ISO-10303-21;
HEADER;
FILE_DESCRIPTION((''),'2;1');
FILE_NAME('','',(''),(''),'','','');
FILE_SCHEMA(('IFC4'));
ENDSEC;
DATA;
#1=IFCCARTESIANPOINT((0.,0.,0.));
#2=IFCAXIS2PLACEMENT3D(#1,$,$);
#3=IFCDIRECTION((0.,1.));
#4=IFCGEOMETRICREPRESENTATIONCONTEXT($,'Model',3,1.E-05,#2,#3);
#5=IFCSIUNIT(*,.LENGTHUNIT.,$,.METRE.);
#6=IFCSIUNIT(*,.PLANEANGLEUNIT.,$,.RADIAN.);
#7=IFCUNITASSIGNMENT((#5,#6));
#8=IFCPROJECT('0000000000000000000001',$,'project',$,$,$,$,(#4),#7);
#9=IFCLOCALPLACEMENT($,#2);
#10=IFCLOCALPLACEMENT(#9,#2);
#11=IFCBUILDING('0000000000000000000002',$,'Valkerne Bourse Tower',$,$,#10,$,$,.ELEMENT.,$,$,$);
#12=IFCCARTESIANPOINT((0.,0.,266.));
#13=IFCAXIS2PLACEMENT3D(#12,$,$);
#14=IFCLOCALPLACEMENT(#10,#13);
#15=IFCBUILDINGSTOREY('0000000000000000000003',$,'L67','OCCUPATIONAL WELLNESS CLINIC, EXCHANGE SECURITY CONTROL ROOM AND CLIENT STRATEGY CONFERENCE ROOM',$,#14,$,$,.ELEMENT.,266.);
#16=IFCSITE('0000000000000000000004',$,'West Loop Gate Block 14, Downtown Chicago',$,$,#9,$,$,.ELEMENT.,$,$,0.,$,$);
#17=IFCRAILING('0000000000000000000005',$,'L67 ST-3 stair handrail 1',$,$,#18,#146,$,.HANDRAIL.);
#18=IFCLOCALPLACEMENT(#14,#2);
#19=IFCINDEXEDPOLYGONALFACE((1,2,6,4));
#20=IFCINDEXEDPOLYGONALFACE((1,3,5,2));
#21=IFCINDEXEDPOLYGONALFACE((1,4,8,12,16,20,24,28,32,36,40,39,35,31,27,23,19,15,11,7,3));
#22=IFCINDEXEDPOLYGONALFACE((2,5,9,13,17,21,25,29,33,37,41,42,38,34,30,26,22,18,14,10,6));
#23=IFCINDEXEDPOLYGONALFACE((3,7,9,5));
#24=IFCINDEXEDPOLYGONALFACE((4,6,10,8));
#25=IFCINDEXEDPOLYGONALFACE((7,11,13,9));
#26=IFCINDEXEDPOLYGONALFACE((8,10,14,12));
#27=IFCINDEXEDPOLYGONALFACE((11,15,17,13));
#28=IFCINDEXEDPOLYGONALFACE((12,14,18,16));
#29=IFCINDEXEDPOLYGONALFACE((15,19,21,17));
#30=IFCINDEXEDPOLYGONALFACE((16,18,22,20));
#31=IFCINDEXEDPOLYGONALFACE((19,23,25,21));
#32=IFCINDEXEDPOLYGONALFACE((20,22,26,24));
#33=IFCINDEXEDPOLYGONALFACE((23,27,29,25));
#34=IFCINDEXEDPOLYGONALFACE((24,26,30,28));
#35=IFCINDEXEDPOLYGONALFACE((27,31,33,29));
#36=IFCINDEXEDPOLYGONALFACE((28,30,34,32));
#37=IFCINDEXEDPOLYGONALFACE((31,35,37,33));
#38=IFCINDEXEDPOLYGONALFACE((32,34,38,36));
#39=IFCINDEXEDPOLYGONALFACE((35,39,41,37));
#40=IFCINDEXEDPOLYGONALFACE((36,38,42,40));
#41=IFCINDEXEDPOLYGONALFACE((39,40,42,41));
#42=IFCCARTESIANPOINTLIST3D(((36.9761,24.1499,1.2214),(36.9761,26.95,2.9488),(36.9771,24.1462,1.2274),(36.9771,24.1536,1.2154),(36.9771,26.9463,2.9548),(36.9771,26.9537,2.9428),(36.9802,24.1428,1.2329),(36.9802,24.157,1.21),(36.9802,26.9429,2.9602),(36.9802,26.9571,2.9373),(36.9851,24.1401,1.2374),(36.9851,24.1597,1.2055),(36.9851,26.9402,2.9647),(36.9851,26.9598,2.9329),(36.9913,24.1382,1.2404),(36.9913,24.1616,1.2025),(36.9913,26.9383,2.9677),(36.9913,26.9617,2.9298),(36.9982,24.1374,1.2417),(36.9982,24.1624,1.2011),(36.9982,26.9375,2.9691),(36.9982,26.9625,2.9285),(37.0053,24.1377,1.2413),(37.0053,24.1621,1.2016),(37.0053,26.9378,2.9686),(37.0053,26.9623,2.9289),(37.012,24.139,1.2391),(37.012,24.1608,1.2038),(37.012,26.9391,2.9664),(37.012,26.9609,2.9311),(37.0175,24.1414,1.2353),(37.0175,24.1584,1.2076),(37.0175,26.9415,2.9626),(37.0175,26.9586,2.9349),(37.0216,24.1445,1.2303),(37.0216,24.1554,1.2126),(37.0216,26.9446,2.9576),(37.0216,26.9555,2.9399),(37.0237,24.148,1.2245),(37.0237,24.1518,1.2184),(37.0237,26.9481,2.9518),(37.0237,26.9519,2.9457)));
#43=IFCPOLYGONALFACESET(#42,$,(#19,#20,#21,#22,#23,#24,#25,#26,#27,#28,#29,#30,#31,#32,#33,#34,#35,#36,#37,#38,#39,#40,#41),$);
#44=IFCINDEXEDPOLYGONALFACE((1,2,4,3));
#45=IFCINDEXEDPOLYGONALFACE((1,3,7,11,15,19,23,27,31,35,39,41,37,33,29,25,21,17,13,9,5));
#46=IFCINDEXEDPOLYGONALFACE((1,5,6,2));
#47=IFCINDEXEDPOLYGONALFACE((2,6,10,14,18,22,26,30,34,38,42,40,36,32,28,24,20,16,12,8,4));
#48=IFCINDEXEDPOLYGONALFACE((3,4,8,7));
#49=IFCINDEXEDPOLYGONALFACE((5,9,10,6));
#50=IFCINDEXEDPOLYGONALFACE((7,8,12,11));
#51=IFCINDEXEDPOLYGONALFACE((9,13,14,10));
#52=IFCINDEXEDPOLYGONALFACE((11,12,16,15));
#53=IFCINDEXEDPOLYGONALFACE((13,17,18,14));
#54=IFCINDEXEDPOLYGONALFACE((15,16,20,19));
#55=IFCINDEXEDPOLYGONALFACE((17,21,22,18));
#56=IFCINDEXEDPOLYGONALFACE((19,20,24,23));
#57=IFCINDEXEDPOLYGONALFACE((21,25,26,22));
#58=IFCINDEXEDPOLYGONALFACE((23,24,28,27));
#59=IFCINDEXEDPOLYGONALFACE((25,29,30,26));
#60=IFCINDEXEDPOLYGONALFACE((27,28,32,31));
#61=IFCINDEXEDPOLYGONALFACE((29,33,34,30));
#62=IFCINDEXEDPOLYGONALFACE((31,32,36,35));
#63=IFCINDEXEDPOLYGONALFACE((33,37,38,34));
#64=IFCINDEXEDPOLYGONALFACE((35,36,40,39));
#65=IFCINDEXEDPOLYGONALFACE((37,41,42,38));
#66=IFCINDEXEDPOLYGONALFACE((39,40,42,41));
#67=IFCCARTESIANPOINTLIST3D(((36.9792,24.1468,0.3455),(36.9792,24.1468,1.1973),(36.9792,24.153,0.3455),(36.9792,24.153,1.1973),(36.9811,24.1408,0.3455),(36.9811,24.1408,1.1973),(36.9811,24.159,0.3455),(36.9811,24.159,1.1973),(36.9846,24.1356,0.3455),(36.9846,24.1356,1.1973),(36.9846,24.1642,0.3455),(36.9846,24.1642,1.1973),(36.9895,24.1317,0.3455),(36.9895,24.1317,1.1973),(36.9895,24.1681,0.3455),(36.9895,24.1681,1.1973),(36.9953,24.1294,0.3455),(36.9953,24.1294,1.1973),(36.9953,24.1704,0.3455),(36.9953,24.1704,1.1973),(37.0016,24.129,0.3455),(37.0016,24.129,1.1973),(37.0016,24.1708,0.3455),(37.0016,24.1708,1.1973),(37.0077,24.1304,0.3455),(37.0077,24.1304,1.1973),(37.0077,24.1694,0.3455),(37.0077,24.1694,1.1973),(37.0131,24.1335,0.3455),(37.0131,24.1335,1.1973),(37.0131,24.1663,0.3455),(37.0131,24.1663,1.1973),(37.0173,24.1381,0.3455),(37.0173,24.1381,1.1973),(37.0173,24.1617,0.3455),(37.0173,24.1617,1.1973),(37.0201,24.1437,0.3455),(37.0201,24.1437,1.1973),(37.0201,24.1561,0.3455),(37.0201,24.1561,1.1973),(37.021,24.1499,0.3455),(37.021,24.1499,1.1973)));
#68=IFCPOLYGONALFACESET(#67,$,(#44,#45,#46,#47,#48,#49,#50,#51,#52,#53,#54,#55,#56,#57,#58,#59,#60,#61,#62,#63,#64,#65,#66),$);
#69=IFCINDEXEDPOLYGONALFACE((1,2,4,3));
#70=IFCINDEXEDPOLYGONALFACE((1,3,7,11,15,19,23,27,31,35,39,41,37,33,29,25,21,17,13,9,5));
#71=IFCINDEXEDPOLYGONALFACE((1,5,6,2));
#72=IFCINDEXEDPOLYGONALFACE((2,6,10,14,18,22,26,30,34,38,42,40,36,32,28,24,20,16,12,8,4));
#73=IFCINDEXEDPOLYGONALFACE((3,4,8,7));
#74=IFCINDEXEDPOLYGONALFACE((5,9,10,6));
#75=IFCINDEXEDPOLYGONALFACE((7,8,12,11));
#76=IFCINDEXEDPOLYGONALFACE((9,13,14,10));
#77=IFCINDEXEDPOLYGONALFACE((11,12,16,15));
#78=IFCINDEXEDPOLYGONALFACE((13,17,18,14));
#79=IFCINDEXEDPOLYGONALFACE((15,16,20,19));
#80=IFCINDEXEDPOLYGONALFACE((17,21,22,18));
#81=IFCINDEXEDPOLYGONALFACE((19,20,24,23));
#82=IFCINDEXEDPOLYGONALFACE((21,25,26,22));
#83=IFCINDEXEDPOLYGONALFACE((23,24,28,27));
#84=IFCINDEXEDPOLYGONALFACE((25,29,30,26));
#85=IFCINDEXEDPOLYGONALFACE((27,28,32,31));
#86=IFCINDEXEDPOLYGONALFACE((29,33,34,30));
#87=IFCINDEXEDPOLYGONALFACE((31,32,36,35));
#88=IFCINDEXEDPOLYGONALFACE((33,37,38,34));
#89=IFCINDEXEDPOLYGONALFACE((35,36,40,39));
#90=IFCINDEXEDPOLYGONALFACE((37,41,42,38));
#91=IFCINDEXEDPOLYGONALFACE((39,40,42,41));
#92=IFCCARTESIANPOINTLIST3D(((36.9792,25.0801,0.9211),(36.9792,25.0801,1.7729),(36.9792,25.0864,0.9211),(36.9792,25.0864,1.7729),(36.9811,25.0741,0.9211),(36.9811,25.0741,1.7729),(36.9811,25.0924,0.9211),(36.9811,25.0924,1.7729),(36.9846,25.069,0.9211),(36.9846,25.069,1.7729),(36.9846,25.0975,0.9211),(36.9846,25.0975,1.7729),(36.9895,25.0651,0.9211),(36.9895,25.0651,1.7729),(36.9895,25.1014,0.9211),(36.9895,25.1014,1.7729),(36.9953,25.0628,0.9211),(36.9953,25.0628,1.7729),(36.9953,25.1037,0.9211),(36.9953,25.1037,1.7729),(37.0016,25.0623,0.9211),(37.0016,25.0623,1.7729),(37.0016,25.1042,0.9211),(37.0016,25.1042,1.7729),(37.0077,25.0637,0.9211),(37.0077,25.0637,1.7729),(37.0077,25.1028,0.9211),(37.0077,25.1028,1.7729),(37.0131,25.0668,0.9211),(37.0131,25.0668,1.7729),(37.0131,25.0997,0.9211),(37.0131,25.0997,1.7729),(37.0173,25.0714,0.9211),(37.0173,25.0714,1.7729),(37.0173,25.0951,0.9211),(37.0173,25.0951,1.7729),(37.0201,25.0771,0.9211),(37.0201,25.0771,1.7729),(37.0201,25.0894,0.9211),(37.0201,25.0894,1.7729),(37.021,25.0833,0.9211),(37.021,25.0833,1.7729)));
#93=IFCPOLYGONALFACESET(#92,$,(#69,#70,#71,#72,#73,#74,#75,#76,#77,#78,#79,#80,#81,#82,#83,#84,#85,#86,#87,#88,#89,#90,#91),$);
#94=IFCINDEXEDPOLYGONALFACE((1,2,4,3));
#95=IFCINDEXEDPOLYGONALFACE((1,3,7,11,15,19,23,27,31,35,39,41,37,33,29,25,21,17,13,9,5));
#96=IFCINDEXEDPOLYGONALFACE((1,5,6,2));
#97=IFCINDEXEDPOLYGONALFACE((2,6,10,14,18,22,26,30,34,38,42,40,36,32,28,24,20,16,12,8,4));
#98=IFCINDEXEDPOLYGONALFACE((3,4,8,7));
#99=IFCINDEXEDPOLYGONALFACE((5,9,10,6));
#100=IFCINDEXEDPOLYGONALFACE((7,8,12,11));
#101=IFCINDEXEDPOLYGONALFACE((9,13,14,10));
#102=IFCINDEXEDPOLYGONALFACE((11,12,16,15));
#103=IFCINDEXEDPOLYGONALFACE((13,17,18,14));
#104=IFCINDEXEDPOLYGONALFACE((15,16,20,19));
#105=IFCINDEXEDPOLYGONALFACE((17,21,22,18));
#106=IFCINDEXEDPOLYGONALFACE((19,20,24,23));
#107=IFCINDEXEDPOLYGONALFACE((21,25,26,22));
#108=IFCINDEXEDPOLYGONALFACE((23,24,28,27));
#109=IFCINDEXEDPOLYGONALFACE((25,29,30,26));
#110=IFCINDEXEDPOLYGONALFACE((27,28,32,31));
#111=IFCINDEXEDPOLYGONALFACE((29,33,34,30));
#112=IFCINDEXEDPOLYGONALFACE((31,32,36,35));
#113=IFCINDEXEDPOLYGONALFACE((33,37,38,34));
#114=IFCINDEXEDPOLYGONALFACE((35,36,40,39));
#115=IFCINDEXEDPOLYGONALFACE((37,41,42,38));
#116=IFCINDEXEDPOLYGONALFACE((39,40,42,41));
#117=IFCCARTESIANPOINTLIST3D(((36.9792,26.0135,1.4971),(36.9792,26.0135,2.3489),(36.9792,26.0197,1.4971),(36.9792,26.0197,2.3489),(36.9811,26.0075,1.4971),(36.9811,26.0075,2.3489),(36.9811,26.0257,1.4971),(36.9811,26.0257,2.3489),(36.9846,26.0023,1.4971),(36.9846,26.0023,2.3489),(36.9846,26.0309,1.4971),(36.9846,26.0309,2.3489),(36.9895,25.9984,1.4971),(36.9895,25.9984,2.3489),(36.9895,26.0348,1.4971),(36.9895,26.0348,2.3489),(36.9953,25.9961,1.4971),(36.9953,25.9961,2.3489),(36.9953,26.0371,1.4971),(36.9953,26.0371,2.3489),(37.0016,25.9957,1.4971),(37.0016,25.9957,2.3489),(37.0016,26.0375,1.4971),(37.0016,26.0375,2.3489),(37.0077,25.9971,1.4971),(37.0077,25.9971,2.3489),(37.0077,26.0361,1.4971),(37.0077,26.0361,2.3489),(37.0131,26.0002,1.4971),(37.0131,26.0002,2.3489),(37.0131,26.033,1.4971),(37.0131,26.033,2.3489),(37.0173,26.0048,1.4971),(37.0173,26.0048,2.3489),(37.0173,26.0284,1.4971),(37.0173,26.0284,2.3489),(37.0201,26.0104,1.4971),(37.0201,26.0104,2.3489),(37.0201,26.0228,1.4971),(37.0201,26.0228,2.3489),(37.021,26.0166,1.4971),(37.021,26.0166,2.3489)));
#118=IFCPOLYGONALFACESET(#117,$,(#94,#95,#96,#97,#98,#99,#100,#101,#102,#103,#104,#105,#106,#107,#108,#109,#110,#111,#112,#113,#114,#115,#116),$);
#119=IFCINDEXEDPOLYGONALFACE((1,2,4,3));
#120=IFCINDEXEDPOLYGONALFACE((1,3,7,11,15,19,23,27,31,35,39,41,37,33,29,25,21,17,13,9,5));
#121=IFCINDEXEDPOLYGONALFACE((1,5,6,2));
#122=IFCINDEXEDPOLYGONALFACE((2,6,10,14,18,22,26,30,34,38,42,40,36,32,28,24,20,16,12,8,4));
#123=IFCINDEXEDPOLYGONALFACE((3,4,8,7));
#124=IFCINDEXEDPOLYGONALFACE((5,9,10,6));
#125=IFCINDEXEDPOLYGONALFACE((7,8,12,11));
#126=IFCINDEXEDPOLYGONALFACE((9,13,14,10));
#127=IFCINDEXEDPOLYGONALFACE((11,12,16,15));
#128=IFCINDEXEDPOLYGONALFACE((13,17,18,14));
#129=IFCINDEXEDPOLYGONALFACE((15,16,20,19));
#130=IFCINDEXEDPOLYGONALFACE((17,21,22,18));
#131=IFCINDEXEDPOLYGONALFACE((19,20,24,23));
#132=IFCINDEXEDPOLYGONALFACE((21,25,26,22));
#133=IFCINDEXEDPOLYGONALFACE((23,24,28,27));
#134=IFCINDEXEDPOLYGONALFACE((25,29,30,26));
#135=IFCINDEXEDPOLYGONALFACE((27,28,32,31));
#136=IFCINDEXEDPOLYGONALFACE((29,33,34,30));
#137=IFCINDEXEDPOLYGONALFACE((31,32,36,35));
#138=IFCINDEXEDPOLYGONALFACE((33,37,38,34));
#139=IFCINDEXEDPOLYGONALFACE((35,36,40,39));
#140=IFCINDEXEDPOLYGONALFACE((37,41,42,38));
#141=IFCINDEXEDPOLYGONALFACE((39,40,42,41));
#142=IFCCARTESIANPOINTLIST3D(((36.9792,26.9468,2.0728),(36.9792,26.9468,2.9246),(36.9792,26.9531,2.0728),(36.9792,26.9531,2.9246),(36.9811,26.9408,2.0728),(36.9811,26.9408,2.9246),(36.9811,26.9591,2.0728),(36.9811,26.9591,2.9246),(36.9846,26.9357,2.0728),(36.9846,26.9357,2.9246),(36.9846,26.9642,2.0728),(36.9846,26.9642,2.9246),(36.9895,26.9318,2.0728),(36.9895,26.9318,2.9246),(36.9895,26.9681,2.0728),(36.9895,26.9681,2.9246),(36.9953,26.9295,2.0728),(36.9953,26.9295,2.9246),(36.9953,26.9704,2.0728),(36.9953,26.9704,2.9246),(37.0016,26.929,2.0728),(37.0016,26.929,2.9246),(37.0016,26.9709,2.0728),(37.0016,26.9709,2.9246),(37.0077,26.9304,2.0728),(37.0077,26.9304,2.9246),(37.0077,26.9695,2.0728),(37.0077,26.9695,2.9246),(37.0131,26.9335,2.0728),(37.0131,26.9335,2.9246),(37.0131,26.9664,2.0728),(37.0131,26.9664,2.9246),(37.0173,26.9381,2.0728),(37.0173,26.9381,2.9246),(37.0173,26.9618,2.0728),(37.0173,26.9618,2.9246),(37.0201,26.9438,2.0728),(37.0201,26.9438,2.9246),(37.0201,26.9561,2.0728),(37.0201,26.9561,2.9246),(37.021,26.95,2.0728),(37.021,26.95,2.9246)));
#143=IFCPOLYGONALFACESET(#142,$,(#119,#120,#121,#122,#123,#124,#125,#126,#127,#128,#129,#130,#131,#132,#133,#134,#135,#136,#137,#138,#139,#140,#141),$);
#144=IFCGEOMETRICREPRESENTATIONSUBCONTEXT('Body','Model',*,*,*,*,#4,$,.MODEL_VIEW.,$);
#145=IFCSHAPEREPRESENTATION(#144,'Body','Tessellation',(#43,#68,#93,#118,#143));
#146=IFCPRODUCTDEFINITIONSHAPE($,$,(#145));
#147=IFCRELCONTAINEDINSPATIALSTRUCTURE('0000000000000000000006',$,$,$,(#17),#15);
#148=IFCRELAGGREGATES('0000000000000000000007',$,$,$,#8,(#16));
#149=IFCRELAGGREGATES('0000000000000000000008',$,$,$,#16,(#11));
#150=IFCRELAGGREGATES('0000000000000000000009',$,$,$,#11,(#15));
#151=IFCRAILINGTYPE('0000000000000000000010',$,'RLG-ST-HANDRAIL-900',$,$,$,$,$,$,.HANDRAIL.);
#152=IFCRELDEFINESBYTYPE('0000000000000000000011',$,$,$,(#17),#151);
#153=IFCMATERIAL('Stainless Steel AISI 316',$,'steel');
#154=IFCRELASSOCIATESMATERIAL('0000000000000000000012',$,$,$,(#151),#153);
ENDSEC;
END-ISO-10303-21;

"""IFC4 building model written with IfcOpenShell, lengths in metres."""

from ifc_helpers import new_model, si_unit, direction, frame, origin, origin_2d, place, context, subcontext, project, spatial, circle, extrude, material, type_object, element, save


model = new_model("IFC4")

# Units and contexts
model_context = context("Model", 3, precision=1e-05, world=origin(), true_north=direction((0.0, 1.0)))
body_context = subcontext(model_context, "Body", "Model", "MODEL_VIEW")
ifc_project = project(units=[si_unit("LENGTHUNIT", "METRE"), si_unit("PLANEANGLEUNIT", "RADIAN")], contexts=[model_context])

# Site, building, storey
site_placement = place(None, origin())
site = spatial("IfcSite", under=ifc_project, at=site_placement, Name="West Loop Gate Block 14, Downtown Chicago", CompositionType="ELEMENT", RefElevation=0.0)
building_placement = place(site_placement, origin())
building = spatial("IfcBuilding", under=site, at=building_placement, Name="Valkerne Bourse Tower", CompositionType="ELEMENT")
storey_placement = place(building_placement, frame((0.0, 0.0, 266.0)))
storey = spatial("IfcBuildingStorey", under=building, at=storey_placement, Name="L67", Description="OCCUPATIONAL WELLNESS CLINIC, EXCHANGE SECURITY CONTROL ROOM AND CLIENT STRATEGY CONFERENCE ROOM", CompositionType="ELEMENT", Elevation=266.0)

# Shared definitions
ifc_material_1 = material(Name="Stainless Steel AISI 316", Category="steel")

# Railing
railing_type_1 = type_object("IfcRailingType", Name="RLG-ST-HANDRAIL-900", PredefinedType="HANDRAIL", material=ifc_material_1)
railing_1_placement = place(storey_placement, frame((37.0, 24.1499, 0.3455)))
element("IfcRailing", 1, at=railing_1_placement, inside=storey, type_object=railing_type_1, Name="L67 ST-3 stair handrail 1", PredefinedType="HANDRAIL", context=body_context, shape_type="SweptSolid", body=[
    extrude(circle(Radius=0.0239, at=origin_2d()), frame((0.0, 0.0, 0.876), z_axis=(0.0, 0.85109, 0.52502), x_axis=(-1.0, 0.0, 0.0)), (0.0, 0.0, 1.0), 3.29),
    extrude(circle(Radius=0.021, at=origin_2d()), origin(), (0.0, 0.0, 1.0), 0.8518),
    extrude(circle(Radius=0.021, at=origin_2d()), frame((0.0, 0.9333, 0.5757)), (0.0, 0.0, 1.0), 0.8518),
    extrude(circle(Radius=0.021, at=origin_2d()), frame((0.0, 1.8667, 1.1516)), (0.0, 0.0, 1.0), 0.8518),
    extrude(circle(Radius=0.021, at=origin_2d()), frame((0.0, 2.8, 1.7273)), (0.0, 0.0, 1.0), 0.8518),
])

save(model, "model.ifc")
